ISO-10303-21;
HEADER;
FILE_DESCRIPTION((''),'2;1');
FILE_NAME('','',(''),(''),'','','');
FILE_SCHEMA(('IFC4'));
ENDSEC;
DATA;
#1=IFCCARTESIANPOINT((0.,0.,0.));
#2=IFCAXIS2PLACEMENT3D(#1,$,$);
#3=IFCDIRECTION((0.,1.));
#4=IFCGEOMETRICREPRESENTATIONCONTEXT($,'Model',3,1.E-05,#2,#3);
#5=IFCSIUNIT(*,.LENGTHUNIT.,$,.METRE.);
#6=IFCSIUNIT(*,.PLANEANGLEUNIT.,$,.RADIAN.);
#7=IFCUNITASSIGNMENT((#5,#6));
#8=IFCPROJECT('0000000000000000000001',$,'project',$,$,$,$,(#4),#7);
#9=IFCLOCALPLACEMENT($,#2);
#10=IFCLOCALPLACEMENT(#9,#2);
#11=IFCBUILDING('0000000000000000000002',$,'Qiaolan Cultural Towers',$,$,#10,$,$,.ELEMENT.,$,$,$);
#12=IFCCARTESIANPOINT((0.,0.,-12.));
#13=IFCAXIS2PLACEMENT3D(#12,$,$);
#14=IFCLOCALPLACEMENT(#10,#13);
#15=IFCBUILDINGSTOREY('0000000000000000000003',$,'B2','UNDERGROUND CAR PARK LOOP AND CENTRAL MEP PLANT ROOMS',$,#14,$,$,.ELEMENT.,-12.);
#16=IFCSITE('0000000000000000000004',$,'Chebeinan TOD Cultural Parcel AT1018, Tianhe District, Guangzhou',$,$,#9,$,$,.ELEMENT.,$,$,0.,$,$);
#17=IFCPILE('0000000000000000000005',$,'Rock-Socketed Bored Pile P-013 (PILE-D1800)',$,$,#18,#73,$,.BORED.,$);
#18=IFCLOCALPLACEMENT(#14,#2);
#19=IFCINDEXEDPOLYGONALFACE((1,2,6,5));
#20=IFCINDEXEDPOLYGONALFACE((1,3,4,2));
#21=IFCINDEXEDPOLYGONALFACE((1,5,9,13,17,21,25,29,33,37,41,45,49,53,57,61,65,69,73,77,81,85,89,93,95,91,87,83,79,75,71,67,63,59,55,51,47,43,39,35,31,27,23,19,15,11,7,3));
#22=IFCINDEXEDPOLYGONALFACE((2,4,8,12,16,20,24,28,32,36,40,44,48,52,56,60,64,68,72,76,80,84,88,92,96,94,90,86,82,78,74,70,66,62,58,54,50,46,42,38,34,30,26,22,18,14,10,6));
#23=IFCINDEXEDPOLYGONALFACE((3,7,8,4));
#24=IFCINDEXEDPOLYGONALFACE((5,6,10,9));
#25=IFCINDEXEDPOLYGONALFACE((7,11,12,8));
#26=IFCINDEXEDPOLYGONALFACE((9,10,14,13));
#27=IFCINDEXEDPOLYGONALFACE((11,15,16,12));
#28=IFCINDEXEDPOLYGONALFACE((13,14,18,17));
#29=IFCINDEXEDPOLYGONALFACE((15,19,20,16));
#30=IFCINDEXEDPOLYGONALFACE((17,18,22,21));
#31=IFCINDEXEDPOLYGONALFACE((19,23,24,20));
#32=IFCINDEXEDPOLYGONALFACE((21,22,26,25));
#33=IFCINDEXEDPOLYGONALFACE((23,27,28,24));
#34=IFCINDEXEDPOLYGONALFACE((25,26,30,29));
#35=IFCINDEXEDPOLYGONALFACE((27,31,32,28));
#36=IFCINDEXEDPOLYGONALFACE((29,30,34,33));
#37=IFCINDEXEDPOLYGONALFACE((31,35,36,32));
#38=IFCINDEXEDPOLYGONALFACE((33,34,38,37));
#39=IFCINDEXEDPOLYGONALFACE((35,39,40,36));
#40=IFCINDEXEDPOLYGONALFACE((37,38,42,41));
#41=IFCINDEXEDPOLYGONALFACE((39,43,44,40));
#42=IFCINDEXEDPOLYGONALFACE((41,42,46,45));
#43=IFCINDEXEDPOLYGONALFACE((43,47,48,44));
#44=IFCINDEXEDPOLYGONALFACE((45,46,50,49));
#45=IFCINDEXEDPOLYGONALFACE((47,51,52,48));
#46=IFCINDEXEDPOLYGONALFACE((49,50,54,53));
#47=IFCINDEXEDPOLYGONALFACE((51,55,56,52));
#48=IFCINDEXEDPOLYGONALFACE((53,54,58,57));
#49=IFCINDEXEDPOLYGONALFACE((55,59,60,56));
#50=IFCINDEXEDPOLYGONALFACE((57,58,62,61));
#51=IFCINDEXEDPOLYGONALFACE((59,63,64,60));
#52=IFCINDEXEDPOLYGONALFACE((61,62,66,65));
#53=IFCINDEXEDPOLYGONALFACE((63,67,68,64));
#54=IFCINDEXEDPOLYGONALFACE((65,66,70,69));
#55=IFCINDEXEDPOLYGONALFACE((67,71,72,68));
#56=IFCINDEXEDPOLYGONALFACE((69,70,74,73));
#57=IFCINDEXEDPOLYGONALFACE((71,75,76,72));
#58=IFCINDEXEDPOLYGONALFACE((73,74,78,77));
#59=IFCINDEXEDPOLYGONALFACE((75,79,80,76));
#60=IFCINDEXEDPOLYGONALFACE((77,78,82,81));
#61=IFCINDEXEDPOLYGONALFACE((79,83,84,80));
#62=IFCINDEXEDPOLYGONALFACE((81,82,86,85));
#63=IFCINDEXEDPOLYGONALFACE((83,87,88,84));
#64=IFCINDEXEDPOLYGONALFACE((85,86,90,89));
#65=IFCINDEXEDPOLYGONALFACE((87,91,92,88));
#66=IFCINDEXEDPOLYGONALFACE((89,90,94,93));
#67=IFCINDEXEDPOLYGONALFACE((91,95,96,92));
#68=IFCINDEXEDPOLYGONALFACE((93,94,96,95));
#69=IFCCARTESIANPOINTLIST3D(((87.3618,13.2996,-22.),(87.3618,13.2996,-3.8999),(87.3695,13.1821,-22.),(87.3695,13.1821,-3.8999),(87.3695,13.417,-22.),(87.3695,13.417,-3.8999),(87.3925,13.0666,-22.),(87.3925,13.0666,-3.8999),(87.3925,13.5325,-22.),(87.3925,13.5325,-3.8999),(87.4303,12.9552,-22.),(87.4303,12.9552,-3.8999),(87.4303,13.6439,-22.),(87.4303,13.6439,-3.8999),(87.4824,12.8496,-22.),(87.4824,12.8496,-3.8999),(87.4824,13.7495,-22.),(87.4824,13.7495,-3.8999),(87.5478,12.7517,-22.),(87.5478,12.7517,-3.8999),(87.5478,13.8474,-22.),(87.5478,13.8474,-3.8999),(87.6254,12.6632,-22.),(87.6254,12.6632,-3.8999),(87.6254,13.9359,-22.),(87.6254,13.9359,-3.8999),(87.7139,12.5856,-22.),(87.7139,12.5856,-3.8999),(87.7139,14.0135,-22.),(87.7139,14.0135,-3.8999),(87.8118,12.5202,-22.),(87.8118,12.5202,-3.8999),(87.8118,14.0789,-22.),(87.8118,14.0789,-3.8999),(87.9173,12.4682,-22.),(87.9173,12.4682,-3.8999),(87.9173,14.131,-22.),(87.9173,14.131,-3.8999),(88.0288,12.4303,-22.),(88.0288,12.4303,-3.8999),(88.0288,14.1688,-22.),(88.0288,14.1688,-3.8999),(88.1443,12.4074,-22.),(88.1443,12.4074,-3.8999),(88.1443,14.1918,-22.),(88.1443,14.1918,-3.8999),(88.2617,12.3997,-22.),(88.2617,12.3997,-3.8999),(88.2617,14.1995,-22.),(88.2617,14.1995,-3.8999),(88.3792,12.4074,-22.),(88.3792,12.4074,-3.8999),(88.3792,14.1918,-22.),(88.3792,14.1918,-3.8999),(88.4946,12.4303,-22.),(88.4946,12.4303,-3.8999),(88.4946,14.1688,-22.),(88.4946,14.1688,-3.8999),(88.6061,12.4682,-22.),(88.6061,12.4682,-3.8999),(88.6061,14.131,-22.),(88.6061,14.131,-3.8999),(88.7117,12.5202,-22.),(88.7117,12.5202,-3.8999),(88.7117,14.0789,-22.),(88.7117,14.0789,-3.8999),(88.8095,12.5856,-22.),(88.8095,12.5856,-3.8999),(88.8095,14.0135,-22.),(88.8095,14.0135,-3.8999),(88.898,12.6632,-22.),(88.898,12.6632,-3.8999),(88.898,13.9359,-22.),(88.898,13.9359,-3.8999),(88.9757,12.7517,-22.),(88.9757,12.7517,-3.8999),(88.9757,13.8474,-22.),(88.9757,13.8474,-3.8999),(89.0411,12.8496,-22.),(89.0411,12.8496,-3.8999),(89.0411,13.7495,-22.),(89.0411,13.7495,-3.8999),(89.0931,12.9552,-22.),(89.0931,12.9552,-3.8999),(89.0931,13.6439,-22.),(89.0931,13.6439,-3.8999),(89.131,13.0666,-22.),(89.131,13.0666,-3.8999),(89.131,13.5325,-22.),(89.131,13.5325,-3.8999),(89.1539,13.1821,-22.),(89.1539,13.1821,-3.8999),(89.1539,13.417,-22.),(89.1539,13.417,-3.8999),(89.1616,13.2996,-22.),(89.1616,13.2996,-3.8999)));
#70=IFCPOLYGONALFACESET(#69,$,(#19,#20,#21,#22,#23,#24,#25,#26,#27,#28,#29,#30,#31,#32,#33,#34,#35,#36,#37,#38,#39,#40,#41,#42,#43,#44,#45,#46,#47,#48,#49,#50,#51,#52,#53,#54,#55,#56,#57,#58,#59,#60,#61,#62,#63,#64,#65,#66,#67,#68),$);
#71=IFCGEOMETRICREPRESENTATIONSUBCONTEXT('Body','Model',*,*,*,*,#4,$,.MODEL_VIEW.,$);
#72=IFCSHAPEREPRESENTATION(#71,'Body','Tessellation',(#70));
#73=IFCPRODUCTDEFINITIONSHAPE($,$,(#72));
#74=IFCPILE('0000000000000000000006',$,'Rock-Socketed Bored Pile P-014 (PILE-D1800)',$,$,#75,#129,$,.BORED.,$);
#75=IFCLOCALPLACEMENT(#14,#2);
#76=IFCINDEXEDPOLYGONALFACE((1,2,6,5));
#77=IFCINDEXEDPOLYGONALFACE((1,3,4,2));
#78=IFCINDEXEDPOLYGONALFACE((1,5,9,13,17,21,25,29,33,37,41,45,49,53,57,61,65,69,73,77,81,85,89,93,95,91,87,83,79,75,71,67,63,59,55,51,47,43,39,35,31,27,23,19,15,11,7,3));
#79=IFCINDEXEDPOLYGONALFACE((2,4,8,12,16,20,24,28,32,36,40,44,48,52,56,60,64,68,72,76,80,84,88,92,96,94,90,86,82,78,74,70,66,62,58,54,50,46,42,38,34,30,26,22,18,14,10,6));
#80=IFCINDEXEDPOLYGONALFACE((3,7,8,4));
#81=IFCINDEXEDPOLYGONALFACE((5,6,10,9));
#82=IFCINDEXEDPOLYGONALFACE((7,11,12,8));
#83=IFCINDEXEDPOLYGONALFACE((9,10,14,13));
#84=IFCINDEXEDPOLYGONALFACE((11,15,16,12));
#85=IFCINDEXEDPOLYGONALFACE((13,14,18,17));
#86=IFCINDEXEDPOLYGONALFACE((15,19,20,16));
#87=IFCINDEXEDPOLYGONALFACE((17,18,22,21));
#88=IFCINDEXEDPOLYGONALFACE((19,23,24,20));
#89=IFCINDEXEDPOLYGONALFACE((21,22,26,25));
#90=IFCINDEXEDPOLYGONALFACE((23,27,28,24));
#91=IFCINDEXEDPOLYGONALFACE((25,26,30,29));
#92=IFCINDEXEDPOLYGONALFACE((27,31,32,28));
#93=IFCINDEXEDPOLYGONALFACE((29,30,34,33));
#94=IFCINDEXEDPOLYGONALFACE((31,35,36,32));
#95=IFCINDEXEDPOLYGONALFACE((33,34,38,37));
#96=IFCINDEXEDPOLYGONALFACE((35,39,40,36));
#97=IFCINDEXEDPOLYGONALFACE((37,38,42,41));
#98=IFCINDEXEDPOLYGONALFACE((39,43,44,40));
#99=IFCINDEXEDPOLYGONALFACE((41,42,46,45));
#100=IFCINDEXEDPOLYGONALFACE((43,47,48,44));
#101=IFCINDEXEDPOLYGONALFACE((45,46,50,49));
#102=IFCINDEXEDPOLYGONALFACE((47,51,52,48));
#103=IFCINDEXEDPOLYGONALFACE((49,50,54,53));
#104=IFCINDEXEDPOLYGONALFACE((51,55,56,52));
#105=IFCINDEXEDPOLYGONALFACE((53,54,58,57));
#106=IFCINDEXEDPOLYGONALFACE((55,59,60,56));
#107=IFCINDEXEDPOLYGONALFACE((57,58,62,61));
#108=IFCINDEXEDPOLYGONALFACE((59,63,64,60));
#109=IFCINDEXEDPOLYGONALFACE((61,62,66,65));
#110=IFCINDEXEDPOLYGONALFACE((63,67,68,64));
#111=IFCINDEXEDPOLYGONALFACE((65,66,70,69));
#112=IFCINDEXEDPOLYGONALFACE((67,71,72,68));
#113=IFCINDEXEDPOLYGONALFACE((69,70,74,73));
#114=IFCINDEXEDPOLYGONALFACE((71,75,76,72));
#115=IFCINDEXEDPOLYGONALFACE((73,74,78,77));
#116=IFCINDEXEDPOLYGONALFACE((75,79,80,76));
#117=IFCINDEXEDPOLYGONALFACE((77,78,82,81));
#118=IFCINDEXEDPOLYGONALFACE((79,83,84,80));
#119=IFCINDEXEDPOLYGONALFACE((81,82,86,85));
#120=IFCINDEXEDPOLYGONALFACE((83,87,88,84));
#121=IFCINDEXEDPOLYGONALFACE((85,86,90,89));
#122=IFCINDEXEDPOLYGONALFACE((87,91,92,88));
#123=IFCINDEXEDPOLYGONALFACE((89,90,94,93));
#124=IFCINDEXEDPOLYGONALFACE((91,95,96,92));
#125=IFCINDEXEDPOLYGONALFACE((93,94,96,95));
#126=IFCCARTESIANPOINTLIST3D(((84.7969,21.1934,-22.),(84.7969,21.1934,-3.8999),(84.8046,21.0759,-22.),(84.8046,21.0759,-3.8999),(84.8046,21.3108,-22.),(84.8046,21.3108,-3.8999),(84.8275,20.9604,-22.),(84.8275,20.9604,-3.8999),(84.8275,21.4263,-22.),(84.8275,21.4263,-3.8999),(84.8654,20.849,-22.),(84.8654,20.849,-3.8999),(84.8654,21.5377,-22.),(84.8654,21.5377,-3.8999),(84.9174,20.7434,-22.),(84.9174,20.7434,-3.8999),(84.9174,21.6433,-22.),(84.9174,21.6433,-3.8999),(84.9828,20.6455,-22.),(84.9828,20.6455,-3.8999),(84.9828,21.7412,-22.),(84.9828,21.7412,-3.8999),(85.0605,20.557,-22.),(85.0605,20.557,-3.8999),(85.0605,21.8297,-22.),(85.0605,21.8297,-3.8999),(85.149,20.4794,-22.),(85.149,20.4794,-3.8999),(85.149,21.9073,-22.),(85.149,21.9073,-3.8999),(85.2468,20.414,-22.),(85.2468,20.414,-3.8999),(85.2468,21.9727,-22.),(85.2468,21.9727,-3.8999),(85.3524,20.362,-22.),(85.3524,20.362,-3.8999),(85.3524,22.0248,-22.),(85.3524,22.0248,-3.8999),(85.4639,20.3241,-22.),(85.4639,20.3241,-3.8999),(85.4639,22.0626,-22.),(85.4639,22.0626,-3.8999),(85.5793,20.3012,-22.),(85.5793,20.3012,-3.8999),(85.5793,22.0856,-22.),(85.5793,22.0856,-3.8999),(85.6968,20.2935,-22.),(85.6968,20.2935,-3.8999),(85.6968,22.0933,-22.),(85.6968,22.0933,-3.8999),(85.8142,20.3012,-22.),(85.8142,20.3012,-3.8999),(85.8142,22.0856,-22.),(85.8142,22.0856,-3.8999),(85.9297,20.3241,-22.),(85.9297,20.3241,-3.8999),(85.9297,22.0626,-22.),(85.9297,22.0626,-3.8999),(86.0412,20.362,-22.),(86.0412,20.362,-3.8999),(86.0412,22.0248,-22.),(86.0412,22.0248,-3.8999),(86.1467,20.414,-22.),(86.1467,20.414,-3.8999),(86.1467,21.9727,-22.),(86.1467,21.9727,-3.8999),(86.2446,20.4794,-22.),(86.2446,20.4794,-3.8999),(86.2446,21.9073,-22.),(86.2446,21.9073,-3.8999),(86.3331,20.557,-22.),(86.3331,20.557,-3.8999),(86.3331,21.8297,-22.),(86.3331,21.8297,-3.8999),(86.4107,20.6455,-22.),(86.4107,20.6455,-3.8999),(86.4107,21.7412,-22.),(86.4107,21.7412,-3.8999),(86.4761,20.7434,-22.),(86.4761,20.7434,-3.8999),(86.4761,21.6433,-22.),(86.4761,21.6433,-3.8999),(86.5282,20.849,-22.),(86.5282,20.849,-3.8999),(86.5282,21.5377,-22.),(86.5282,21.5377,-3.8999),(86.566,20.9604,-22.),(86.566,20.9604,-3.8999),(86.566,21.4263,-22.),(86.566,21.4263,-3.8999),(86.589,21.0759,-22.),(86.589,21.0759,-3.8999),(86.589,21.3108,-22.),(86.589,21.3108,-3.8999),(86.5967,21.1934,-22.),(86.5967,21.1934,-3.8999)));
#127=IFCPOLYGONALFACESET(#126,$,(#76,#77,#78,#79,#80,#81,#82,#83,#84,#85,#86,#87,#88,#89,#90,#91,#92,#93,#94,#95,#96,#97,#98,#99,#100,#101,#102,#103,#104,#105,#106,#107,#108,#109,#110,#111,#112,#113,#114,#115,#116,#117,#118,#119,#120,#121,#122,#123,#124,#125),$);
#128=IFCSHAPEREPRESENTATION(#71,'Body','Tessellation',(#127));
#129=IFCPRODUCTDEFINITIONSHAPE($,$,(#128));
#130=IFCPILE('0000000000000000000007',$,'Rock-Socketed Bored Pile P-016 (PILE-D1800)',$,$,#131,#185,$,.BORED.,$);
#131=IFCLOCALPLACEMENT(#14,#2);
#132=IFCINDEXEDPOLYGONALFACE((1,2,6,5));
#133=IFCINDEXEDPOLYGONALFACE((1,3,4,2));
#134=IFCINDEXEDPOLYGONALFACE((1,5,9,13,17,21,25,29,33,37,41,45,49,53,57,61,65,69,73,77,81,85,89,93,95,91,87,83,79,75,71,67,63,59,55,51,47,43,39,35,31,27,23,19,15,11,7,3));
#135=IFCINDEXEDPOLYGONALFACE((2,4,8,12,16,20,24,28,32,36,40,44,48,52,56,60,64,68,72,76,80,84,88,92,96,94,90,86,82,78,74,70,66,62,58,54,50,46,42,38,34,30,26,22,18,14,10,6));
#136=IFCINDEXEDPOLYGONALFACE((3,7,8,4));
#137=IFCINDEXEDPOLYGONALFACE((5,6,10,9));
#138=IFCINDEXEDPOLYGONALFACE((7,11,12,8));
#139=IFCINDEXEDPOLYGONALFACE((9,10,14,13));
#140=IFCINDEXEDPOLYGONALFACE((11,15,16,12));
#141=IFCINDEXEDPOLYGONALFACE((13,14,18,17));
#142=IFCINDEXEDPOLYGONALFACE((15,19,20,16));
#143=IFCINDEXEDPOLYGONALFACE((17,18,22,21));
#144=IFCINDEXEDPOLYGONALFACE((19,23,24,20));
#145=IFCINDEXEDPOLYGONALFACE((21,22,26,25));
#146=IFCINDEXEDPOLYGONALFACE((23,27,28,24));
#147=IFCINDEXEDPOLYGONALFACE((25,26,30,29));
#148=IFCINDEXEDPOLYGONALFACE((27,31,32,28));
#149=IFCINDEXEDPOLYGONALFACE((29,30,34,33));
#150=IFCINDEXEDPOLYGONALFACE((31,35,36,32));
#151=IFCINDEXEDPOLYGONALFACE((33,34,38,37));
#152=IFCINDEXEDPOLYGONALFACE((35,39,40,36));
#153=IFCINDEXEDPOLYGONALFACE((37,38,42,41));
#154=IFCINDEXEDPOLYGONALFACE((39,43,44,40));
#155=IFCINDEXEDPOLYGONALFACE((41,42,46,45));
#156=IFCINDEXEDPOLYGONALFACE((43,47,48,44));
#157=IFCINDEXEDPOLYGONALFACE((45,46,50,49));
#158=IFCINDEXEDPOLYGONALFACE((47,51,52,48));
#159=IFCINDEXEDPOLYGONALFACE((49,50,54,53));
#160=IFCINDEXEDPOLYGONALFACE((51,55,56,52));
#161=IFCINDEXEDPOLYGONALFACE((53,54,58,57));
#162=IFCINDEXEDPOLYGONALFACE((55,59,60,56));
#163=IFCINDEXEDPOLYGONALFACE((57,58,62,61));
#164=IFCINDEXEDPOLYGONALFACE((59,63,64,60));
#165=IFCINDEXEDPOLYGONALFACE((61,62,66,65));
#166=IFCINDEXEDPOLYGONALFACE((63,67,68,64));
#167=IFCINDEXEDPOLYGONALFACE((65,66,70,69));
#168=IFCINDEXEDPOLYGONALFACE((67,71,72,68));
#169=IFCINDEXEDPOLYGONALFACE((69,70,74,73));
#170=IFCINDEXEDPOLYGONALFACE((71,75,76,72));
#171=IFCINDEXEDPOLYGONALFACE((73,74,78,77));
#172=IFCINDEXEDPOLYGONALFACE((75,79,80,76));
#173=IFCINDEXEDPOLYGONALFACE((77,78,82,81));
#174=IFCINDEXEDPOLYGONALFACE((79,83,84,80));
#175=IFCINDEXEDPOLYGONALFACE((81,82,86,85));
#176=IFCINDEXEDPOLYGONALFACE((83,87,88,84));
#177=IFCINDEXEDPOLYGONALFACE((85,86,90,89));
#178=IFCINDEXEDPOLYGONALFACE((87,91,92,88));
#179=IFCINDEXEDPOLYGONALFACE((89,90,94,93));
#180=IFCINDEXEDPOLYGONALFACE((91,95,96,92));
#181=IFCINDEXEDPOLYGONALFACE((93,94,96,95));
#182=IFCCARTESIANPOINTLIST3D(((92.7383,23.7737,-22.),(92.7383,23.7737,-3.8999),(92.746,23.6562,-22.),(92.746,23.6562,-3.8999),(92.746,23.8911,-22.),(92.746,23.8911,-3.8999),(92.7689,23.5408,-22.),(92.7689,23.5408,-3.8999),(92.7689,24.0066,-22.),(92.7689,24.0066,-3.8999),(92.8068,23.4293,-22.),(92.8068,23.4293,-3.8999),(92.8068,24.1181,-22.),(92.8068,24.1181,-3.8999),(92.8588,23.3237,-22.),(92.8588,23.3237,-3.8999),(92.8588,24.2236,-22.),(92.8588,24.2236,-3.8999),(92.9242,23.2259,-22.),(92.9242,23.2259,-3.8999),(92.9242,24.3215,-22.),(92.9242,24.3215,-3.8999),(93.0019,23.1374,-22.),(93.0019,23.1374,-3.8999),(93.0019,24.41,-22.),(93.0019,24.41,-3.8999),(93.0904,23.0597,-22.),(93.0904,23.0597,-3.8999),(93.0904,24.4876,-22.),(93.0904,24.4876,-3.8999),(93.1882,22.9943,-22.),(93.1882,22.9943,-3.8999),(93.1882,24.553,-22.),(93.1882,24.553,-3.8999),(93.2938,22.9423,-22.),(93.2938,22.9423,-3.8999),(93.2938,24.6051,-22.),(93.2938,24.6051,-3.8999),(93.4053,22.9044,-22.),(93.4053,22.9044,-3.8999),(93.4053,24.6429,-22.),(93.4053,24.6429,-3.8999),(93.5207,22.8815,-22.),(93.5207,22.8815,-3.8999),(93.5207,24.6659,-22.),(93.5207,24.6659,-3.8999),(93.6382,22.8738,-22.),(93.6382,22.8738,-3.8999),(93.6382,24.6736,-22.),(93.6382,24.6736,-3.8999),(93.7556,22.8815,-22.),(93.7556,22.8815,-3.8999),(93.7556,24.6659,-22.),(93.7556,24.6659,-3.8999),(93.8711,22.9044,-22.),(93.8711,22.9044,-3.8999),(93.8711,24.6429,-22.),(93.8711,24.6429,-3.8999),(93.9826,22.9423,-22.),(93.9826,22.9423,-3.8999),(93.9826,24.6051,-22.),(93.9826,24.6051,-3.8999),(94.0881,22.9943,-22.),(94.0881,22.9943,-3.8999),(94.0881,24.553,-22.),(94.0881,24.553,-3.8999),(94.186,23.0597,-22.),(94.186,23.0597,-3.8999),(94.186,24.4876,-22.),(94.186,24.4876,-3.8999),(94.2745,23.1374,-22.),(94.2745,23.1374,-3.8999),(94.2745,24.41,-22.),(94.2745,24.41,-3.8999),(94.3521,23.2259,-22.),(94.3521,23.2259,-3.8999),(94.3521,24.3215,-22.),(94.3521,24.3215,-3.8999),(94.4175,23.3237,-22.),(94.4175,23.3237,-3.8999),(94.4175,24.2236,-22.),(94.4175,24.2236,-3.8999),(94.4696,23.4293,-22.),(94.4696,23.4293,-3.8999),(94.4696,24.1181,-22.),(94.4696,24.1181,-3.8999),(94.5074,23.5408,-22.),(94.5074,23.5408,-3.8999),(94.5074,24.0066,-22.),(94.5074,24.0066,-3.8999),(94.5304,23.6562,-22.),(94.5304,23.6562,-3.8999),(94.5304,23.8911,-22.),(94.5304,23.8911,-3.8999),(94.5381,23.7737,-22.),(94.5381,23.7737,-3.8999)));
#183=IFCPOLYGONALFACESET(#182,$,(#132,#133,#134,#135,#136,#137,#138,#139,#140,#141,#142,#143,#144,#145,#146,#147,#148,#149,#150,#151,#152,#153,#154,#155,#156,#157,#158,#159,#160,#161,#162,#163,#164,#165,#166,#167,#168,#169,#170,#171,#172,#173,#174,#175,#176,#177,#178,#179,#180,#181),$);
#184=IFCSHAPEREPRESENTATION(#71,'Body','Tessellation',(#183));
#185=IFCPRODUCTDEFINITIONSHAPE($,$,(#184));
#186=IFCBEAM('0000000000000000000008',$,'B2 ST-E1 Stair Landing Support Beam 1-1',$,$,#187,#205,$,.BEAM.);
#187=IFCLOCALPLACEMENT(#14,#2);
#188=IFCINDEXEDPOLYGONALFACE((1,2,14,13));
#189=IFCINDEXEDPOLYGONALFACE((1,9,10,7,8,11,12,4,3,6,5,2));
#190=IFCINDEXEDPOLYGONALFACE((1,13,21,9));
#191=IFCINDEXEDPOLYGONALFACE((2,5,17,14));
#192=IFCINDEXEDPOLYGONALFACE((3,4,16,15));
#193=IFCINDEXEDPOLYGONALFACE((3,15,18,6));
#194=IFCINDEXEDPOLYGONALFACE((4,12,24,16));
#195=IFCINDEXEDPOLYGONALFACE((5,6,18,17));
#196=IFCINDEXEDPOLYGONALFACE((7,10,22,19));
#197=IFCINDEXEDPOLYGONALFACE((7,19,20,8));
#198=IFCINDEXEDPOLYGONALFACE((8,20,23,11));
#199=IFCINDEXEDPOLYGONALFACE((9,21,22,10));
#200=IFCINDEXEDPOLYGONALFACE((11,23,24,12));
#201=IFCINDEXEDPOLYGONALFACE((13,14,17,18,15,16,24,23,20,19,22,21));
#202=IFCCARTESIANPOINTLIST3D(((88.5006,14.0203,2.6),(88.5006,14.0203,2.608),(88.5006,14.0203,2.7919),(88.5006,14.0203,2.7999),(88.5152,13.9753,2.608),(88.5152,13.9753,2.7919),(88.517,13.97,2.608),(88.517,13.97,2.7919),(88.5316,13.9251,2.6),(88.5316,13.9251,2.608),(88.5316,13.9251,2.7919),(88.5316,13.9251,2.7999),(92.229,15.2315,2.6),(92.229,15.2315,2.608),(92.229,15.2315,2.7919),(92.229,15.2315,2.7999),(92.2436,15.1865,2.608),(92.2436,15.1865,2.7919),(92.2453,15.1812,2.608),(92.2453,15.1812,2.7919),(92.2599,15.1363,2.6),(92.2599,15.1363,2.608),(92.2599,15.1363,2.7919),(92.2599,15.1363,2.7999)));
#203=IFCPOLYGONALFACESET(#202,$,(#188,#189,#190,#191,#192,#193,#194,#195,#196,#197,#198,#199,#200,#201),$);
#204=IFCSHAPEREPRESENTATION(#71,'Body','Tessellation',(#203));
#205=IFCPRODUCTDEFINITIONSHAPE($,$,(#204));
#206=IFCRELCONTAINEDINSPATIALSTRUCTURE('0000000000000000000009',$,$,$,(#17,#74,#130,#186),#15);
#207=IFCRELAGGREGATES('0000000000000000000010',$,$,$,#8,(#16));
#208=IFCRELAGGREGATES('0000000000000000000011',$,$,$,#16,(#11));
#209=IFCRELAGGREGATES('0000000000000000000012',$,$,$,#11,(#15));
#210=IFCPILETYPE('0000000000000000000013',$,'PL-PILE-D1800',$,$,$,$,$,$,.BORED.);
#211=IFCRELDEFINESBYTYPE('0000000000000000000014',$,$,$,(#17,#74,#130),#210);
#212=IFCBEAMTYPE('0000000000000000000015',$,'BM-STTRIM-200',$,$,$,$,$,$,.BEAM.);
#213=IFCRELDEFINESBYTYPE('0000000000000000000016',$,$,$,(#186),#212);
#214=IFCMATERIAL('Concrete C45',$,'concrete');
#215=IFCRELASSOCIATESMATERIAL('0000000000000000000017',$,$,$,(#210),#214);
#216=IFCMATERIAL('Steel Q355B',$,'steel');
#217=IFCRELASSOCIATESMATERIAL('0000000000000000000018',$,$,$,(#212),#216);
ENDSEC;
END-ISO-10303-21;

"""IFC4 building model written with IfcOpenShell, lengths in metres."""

from ifc_helpers import new_model, si_unit, direction, frame, origin, origin_2d, place, context, subcontext, project, spatial, circle, i_section, extrude, material, material_profile, profile_set, type_object, element, save


model = new_model("IFC4")

# Units and contexts
model_context = context("Model", 3, precision=1e-05, world=origin(), true_north=direction((0.0, 1.0)))
body_context = subcontext(model_context, "Body", "Model", "MODEL_VIEW")
ifc_project = project(units=[si_unit("LENGTHUNIT", "METRE"), si_unit("PLANEANGLEUNIT", "RADIAN")], contexts=[model_context])

# Site, building, storey
site_placement = place(None, origin())
site = spatial("IfcSite", under=ifc_project, at=site_placement, Name="Chebeinan TOD Cultural Parcel AT1018, Tianhe District, Guangzhou", CompositionType="ELEMENT", RefElevation=0.0)
building_placement = place(site_placement, origin())
building = spatial("IfcBuilding", under=site, at=building_placement, Name="Qiaolan Cultural Towers", CompositionType="ELEMENT")
storey_placement = place(building_placement, frame((0.0, 0.0, -12.0)))
storey = spatial("IfcBuildingStorey", under=building, at=storey_placement, Name="B2", Description="UNDERGROUND CAR PARK LOOP AND CENTRAL MEP PLANT ROOMS", CompositionType="ELEMENT", Elevation=-12.0)

# Piles
ifc_material_1 = material(Name="Concrete C45", Category="concrete")
ifc_material_profile_1 = material_profile(ifc_material_1, circle(Radius=0.8999, at=origin_2d()), Name="PILE-D1800")
ifc_profile_set_1 = profile_set([ifc_material_profile_1], Name="Concrete C45")
pile_type = type_object("IfcPileType", Name="PL-PILE-D1800", PredefinedType="BORED", material=ifc_profile_set_1)
for number, where, z_axis, x_axis, name in (
    (1, (88.2617, 13.2996, -3.8999), (0.0, 0.0, -1.0), (1.0, 0.0, 0.0), "Rock-Socketed Bored Pile P-013 (PILE-D1800)"),
    (2, (85.6968, 21.1934, -3.8999), (0.0, 0.0, -1.0), (1.0, 0.0, 0.0), "Rock-Socketed Bored Pile P-014 (PILE-D1800)"),
    (3, (93.6382, 23.7737, -3.8999), (0.0, 0.0, -1.0), (1.0, 0.0, 0.0), "Rock-Socketed Bored Pile P-016 (PILE-D1800)"),
):
    element("IfcPile", number, at=place(storey_placement, frame(where, z_axis=z_axis, x_axis=x_axis)), inside=storey, type_object=pile_type, Name=name, PredefinedType="BORED", context=body_context, shape_type="SweptSolid", body=[
        extrude(circle(Radius=0.8999, at=origin_2d()), origin(), (0.0, 0.0, 1.0), 18.1001),
    ])

# Beam
ifc_material_2 = material(Name="Steel Q355B", Category="steel")
ifc_material_profile_2 = material_profile(ifc_material_2, i_section(OverallWidth=0.1001, OverallDepth=0.2, WebThickness=0.0056, FlangeThickness=0.0081, at=origin_2d()), Name="HN200x100x5.5x8")
ifc_profile_set_2 = profile_set([ifc_material_profile_2], Name="Steel Q355B")
beam_type = type_object("IfcBeamType", Name="BM-STTRIM-200", PredefinedType="BEAM", material=ifc_profile_set_2)
beam_1_placement = place(storey_placement, frame((88.5161, 13.9727, 2.7), z_axis=(0.951072, 0.308969, 0.0), x_axis=(-0.308969, 0.951072, 0.0)))
element("IfcBeam", 4, at=beam_1_placement, inside=storey, type_object=beam_type, Name="B2 ST-E1 Stair Landing Support Beam 1-1", PredefinedType="BEAM", context=body_context, shape_type="SweptSolid", body=[
    extrude(i_section(OverallWidth=0.1001, OverallDepth=0.2, WebThickness=0.0056, FlangeThickness=0.0081, at=origin_2d()), origin(), (0.0, 0.0, 1.0), 3.9202),
])

save(model, "model.ifc")
